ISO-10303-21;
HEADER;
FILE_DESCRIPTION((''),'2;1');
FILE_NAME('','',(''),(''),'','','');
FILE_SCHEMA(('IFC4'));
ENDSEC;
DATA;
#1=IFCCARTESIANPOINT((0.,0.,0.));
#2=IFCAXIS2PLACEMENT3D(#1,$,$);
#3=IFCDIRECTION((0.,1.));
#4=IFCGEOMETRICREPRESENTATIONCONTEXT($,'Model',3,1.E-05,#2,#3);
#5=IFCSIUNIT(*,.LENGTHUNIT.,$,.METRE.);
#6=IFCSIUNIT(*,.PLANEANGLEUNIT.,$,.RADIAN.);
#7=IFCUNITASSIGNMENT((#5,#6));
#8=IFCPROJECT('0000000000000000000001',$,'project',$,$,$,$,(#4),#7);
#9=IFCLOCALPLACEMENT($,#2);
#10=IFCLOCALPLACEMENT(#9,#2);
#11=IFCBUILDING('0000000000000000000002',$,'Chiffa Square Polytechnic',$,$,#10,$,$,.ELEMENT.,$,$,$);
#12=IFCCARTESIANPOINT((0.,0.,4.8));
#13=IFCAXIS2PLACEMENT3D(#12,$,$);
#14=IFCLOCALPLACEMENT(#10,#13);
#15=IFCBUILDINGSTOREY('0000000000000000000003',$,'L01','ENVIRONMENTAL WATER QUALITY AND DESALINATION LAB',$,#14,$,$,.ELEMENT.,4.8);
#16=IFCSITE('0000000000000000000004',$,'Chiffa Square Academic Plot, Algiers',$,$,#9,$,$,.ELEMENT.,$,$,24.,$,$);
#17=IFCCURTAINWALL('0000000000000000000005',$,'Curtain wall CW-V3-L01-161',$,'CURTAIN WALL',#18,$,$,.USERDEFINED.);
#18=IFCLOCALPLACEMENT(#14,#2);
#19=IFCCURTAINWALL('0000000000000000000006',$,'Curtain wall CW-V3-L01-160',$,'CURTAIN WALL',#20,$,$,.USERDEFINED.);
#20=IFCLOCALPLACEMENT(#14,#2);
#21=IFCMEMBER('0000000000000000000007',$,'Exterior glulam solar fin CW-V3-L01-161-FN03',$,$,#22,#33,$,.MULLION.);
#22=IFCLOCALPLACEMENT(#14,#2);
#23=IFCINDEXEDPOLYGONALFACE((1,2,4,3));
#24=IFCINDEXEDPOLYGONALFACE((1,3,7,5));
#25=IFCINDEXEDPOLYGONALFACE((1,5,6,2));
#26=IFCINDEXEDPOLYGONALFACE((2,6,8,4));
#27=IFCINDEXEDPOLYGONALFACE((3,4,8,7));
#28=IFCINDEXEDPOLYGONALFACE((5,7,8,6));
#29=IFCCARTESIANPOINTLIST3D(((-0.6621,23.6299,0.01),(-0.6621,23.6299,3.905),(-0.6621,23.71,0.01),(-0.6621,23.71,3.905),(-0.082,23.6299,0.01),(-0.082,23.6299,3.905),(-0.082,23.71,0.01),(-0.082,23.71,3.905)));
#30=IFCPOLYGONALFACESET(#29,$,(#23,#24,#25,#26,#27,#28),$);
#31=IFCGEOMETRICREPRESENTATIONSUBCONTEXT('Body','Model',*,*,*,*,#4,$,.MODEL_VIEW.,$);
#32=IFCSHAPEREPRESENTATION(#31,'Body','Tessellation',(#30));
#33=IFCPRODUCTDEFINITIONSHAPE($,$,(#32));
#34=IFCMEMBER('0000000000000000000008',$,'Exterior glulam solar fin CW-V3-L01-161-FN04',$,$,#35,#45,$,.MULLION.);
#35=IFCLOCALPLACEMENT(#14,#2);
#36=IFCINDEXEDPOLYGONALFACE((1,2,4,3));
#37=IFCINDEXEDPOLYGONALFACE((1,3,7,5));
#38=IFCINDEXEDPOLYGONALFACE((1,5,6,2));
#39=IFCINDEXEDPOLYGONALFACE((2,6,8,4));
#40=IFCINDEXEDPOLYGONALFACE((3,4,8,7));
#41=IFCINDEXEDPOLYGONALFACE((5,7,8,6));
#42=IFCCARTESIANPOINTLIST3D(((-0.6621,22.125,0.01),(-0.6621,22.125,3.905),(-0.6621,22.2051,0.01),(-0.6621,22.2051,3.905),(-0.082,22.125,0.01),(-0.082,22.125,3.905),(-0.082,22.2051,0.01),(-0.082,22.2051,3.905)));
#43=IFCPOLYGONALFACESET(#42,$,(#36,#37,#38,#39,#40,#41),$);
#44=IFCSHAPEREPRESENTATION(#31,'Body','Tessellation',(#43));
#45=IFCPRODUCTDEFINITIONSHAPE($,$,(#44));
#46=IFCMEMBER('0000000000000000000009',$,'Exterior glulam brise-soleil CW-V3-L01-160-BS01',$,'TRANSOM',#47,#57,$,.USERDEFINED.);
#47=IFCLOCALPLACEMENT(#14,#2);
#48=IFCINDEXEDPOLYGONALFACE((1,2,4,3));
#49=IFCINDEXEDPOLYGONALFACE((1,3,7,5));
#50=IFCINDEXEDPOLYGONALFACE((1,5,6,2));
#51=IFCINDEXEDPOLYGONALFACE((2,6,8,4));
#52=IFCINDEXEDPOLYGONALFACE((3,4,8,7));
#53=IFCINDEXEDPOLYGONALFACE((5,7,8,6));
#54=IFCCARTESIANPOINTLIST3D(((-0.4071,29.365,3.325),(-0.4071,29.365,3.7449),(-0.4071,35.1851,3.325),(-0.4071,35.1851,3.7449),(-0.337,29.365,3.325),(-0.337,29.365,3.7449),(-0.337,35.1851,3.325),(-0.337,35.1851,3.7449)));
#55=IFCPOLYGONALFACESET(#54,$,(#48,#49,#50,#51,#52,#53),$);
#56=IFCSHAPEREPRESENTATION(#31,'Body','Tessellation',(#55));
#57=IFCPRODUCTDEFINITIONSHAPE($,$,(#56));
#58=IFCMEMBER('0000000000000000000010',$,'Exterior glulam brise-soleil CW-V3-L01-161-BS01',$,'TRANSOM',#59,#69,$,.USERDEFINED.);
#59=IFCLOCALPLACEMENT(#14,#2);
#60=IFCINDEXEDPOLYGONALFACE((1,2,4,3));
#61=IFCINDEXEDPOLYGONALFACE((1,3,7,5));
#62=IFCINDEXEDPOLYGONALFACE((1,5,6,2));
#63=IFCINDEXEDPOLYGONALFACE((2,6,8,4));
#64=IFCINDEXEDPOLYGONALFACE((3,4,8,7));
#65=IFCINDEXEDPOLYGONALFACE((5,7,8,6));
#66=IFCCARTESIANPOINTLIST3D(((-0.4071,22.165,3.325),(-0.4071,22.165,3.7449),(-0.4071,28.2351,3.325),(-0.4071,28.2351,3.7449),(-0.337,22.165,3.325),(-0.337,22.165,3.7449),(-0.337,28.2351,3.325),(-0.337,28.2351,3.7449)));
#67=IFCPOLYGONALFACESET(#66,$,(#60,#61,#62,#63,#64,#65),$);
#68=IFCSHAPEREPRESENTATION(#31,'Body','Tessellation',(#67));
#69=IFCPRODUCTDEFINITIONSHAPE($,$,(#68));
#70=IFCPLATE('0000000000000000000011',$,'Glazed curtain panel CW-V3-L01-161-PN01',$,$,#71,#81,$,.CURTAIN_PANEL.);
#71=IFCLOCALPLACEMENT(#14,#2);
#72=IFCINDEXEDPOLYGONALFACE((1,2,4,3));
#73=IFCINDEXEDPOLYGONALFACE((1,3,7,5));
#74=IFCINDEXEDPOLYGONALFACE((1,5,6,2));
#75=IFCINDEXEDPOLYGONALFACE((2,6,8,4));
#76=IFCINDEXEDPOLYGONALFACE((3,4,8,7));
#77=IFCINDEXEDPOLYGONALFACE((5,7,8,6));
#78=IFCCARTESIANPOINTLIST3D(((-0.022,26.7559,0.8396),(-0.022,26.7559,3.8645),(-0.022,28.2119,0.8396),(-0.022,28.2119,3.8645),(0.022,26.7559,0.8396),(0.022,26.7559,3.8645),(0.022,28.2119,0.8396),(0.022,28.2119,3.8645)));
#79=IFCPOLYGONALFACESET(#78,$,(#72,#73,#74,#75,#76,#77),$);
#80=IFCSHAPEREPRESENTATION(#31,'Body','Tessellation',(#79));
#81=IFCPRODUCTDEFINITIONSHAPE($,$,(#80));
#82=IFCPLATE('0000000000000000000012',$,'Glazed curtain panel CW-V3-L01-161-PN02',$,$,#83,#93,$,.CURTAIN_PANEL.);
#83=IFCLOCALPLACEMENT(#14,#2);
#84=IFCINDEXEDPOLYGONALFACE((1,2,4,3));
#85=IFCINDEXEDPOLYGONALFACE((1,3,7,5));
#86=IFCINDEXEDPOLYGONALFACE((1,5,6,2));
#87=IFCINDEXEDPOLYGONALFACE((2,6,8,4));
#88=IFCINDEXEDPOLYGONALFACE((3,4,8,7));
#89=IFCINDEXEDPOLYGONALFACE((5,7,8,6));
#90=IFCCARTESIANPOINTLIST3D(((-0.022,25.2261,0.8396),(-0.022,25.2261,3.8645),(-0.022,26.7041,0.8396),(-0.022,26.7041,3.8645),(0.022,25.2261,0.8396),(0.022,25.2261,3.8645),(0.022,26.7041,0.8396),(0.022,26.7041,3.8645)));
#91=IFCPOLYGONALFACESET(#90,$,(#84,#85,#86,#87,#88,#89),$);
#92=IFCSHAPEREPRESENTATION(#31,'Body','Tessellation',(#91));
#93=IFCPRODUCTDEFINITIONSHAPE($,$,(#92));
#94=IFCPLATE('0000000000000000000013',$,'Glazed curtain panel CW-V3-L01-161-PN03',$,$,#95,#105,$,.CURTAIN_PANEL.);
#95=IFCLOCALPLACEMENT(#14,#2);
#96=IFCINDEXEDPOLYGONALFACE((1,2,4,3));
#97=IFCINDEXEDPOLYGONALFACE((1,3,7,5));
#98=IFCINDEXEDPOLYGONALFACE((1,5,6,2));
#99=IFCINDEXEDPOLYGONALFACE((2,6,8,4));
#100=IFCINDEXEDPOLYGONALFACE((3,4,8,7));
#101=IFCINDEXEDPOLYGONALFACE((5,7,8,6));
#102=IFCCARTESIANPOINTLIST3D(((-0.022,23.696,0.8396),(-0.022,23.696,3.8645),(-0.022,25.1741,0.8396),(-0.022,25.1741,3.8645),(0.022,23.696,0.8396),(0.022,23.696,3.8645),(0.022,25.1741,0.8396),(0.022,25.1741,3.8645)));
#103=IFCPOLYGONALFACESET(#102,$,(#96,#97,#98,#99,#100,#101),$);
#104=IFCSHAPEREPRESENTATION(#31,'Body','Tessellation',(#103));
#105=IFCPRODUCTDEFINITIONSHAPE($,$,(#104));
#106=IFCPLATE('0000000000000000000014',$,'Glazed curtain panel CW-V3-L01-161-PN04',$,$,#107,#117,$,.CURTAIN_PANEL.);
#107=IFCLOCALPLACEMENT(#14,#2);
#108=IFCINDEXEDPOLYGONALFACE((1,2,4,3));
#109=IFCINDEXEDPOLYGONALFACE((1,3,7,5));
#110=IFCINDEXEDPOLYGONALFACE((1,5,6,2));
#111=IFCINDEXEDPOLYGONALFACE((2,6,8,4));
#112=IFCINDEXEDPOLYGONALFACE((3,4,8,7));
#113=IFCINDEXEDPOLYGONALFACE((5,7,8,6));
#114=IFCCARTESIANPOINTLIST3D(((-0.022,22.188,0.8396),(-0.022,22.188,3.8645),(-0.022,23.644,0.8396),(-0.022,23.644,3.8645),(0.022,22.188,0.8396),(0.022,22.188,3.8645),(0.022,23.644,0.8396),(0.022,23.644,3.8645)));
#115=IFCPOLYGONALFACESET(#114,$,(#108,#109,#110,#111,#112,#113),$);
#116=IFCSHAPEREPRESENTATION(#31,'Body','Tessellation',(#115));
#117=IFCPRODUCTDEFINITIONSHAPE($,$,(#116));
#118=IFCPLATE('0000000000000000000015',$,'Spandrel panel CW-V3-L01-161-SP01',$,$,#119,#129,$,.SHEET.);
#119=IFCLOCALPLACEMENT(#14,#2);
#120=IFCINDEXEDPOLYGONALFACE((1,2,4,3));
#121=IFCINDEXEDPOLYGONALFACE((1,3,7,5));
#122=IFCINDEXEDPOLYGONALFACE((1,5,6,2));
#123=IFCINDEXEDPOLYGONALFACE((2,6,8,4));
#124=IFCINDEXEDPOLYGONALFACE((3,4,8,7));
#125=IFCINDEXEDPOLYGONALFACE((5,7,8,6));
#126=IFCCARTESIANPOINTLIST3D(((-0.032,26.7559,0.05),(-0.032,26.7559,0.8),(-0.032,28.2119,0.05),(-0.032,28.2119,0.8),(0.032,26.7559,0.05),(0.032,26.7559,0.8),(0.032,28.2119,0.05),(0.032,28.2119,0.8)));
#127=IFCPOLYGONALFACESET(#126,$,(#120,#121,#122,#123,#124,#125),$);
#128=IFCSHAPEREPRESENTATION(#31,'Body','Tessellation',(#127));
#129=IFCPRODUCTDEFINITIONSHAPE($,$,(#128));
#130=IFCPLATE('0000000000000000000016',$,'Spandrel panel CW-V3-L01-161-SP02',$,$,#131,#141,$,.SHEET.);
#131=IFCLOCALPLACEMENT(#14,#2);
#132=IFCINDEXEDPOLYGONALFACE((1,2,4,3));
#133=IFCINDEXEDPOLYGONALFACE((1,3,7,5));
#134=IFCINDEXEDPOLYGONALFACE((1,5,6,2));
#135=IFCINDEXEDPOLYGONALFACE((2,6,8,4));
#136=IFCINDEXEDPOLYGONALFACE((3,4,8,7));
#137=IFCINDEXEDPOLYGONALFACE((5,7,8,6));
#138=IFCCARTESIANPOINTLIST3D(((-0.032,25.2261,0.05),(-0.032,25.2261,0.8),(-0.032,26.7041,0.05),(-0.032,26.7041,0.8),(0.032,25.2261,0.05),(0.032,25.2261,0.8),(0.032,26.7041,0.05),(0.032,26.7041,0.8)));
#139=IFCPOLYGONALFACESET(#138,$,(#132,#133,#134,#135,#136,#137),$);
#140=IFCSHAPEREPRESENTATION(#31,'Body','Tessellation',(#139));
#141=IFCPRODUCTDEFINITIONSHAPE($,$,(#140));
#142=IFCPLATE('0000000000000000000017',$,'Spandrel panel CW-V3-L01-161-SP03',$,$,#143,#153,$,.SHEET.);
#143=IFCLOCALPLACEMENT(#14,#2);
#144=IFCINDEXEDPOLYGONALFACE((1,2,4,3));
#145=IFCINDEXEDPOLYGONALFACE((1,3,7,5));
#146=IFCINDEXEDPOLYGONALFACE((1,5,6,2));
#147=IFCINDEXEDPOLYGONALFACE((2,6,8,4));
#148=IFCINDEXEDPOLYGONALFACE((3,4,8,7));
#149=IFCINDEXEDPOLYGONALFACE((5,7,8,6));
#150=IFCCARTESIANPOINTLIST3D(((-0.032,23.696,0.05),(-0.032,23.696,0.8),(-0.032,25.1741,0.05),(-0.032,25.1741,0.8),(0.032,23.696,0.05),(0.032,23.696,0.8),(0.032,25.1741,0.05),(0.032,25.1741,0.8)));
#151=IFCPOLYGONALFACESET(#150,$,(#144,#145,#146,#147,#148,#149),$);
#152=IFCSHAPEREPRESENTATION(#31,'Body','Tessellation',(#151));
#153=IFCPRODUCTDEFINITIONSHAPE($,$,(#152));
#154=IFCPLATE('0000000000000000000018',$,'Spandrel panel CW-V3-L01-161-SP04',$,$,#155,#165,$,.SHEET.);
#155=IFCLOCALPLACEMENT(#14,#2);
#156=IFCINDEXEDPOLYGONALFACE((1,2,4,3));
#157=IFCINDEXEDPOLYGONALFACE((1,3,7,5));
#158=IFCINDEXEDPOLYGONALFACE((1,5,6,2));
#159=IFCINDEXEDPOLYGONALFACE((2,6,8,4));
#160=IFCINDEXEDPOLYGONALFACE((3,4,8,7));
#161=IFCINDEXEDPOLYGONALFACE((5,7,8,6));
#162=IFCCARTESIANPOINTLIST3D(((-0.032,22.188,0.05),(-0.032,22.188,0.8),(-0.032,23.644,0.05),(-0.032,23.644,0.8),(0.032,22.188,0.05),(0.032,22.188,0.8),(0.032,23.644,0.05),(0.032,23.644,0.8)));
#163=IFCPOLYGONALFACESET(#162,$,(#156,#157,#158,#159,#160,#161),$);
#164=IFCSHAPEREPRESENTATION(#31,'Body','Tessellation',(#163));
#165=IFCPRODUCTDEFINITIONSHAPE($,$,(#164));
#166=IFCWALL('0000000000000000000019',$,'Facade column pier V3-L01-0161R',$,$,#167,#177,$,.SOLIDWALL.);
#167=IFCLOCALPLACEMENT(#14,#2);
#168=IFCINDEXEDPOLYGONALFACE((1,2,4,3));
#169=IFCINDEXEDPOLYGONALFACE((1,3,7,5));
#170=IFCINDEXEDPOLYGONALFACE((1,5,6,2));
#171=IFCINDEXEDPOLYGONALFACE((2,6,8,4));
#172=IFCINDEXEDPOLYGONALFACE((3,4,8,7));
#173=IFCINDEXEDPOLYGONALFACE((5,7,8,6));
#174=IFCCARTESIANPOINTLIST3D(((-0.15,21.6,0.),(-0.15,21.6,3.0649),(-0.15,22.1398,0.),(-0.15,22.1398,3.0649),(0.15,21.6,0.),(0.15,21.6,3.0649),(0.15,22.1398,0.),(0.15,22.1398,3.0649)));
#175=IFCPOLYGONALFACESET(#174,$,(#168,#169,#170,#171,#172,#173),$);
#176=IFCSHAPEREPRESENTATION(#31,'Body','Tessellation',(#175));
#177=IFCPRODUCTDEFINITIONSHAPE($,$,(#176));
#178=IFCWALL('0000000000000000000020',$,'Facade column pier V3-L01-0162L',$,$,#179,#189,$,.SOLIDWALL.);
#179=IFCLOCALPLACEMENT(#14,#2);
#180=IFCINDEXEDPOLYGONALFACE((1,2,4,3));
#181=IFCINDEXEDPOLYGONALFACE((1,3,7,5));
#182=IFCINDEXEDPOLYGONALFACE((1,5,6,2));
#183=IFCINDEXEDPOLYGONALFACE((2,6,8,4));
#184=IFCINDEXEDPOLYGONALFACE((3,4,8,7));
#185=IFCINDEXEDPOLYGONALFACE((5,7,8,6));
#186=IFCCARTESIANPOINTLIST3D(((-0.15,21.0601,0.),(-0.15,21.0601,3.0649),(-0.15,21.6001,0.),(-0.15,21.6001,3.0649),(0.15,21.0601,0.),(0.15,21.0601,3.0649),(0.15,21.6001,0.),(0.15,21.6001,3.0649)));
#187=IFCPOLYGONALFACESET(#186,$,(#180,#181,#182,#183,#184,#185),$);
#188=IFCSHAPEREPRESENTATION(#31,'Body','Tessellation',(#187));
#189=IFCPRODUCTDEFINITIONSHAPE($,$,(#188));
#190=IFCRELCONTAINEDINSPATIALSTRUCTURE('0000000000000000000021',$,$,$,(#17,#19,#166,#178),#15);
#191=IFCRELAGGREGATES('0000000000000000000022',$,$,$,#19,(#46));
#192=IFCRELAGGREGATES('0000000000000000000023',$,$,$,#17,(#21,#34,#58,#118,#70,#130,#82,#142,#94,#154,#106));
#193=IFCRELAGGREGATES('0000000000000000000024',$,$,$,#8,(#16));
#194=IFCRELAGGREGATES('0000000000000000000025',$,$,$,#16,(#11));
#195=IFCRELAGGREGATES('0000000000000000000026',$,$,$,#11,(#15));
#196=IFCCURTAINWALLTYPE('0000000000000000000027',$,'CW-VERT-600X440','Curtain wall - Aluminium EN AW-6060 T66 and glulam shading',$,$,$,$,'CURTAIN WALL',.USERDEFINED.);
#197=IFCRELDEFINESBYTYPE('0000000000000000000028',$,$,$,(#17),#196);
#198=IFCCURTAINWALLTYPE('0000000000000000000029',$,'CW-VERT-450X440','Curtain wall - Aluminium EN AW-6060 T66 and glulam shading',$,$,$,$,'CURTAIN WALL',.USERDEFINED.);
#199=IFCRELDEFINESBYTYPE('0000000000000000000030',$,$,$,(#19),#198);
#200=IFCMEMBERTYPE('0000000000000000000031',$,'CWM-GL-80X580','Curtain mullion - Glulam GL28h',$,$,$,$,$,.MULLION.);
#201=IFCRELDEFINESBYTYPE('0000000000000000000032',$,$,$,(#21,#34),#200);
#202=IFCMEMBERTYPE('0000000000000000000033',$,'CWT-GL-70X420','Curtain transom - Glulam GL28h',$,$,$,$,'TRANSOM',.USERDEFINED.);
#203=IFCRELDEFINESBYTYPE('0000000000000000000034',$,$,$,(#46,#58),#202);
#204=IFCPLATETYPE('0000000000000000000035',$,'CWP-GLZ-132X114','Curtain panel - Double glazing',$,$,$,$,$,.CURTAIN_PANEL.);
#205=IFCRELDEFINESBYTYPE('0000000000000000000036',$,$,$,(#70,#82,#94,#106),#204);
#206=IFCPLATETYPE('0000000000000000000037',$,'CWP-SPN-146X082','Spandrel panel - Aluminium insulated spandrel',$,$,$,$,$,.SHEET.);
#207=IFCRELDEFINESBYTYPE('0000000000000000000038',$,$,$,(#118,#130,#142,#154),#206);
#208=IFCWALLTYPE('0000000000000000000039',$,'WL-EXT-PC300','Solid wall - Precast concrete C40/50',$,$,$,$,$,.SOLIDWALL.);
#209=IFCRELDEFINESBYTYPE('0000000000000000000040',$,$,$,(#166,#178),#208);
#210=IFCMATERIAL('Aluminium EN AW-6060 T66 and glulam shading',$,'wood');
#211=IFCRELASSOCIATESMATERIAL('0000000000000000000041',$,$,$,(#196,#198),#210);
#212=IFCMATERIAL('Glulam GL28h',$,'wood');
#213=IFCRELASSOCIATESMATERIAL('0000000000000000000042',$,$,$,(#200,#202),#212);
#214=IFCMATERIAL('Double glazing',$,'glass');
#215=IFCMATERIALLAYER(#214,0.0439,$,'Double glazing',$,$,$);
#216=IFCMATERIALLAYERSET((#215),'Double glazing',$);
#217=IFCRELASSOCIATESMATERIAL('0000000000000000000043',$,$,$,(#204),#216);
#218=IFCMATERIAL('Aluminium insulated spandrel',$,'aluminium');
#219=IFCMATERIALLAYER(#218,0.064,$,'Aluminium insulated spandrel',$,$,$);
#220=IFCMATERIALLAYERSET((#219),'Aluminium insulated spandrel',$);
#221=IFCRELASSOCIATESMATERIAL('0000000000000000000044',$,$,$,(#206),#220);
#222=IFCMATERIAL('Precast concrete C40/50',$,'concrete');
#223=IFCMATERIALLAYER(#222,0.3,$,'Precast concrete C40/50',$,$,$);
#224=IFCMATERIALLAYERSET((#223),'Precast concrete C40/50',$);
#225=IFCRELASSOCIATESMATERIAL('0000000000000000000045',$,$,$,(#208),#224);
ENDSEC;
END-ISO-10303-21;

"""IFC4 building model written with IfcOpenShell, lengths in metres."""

from ifc_helpers import new_model, si_unit, direction, frame, frame_2d, origin, origin_2d, place, context, subcontext, project, spatial, rectangle, extrude, material, layer, layer_set, material_profile, profile_set, type_object, element, aggregate, save


model = new_model("IFC4")

# Units and contexts
model_context = context("Model", 3, precision=1e-05, world=origin(), true_north=direction((0.0, 1.0)))
body_context = subcontext(model_context, "Body", "Model", "MODEL_VIEW")
ifc_project = project(units=[si_unit("LENGTHUNIT", "METRE"), si_unit("PLANEANGLEUNIT", "RADIAN")], contexts=[model_context])

# Site, building, storey
site_placement = place(None, origin())
site = spatial("IfcSite", under=ifc_project, at=site_placement, Name="Chiffa Square Academic Plot, Algiers", CompositionType="ELEMENT", RefElevation=24.0)
building_placement = place(site_placement, origin())
building = spatial("IfcBuilding", under=site, at=building_placement, Name="Chiffa Square Polytechnic", CompositionType="ELEMENT")
storey_placement = place(building_placement, frame((0.0, 0.0, 4.8)))
storey = spatial("IfcBuildingStorey", under=building, at=storey_placement, Name="L01", Description="ENVIRONMENTAL WATER QUALITY AND DESALINATION LAB", CompositionType="ELEMENT", Elevation=4.8)

# Curtain walls
ifc_material_1 = material(Name="Aluminium EN AW-6060 T66 and glulam shading", Category="wood")
curtain_wall_type_1 = type_object("IfcCurtainWallType", Name="CW-VERT-600X440", Description="Curtain wall - Aluminium EN AW-6060 T66 and glulam shading", ElementType="CURTAIN WALL", PredefinedType="USERDEFINED", material=ifc_material_1)
curtain_wall_1_placement = place(storey_placement, origin())
curtain_wall_1 = element("IfcCurtainWall", 1, at=curtain_wall_1_placement, inside=storey, type_object=curtain_wall_type_1, Name="Curtain wall CW-V3-L01-161", ObjectType="CURTAIN WALL", PredefinedType="USERDEFINED")
curtain_wall_type_2 = type_object("IfcCurtainWallType", Name="CW-VERT-450X440", Description="Curtain wall - Aluminium EN AW-6060 T66 and glulam shading", ElementType="CURTAIN WALL", PredefinedType="USERDEFINED", material=ifc_material_1)
curtain_wall_2_placement = place(storey_placement, origin())
curtain_wall_2 = element("IfcCurtainWall", 2, at=curtain_wall_2_placement, inside=storey, type_object=curtain_wall_type_2, Name="Curtain wall CW-V3-L01-160", ObjectType="CURTAIN WALL", PredefinedType="USERDEFINED")
ifc_material_2 = material(Name="Glulam GL28h", Category="wood")
ifc_material_profile_1 = material_profile(ifc_material_2, rectangle(XDim=0.0801, YDim=0.5801, at=origin_2d()), Name="GL28h 80x580")
ifc_profile_set_1 = profile_set([ifc_material_profile_1], Name="Glulam GL28h")
member_type_1 = type_object("IfcMemberType", Name="CWM-GL-80X580", Description="Curtain mullion - Glulam GL28h", PredefinedType="MULLION", material=ifc_profile_set_1)

# Members
member_1_placement = place(storey_placement, frame((-0.3721, 23.6699, 0.01), z_axis=(0.0, 0.0, 1.0), x_axis=(0.0, -1.0, 0.0)))
member_1 = element("IfcMember", 3, at=member_1_placement, type_object=member_type_1, Name="Exterior glulam solar fin CW-V3-L01-161-FN03", PredefinedType="MULLION", context=body_context, shape_type="SweptSolid", body=[
    extrude(rectangle(XDim=0.0801, YDim=0.5801, at=origin_2d()), origin(), (0.0, 0.0, 1.0), 3.895),
])
member_2_placement = place(storey_placement, frame((-0.3721, 22.165, 0.01), z_axis=(0.0, 0.0, 1.0), x_axis=(0.0, -1.0, 0.0)))
member_2 = element("IfcMember", 4, at=member_2_placement, type_object=member_type_1, Name="Exterior glulam solar fin CW-V3-L01-161-FN04", PredefinedType="MULLION", context=body_context, shape_type="SweptSolid", body=[
    extrude(rectangle(XDim=0.0801, YDim=0.5801, at=origin_2d()), origin(), (0.0, 0.0, 1.0), 3.895),
])
ifc_material_profile_2 = material_profile(ifc_material_2, rectangle(XDim=0.0701, YDim=0.4199, at=origin_2d()), Name="GL28h 70x420")
ifc_profile_set_2 = profile_set([ifc_material_profile_2], Name="Glulam GL28h")
member_type_2 = type_object("IfcMemberType", Name="CWT-GL-70X420", Description="Curtain transom - Glulam GL28h", ElementType="TRANSOM", PredefinedType="USERDEFINED", material=ifc_profile_set_2)
member_3_placement = place(storey_placement, frame((-0.3721, 35.1851, 3.5349), z_axis=(0.0, -1.0, 0.0), x_axis=(1.0, 0.0, 0.0)))
member_3 = element("IfcMember", 5, at=member_3_placement, type_object=member_type_2, Name="Exterior glulam brise-soleil CW-V3-L01-160-BS01", ObjectType="TRANSOM", PredefinedType="USERDEFINED", context=body_context, shape_type="SweptSolid", body=[
    extrude(rectangle(XDim=0.0701, YDim=0.4199, at=origin_2d()), origin(), (0.0, 0.0, 1.0), 5.8201),
])
aggregate(curtain_wall_2, [member_3])
member_4_placement = place(storey_placement, frame((-0.3721, 28.2351, 3.5349), z_axis=(0.0, -1.0, 0.0), x_axis=(1.0, 0.0, 0.0)))
member_4 = element("IfcMember", 6, at=member_4_placement, type_object=member_type_2, Name="Exterior glulam brise-soleil CW-V3-L01-161-BS01", ObjectType="TRANSOM", PredefinedType="USERDEFINED", context=body_context, shape_type="SweptSolid", body=[
    extrude(rectangle(XDim=0.0701, YDim=0.4199, at=origin_2d()), origin(), (0.0, 0.0, 1.0), 6.0701),
])

# Plates
ifc_material_3 = material(Name="Double glazing", Category="glass")
ifc_layer_1 = layer(ifc_material_3, 0.0439, Name="Double glazing")
ifc_layer_set_1 = layer_set([ifc_layer_1], Name="Double glazing")
plate_type_1 = type_object("IfcPlateType", Name="CWP-GLZ-132X114", Description="Curtain panel - Double glazing", PredefinedType="CURTAIN_PANEL", material=ifc_layer_set_1)
plate_1_placement = place(storey_placement, frame((0.0, 27.4839, 0.8396), z_axis=(0.0, 0.0, 1.0), x_axis=(0.0, -1.0, 0.0)))
plate_1 = element("IfcPlate", 7, at=plate_1_placement, type_object=plate_type_1, Name="Glazed curtain panel CW-V3-L01-161-PN01", PredefinedType="CURTAIN_PANEL", context=body_context, shape_type="SweptSolid", body=[
    extrude(rectangle(XDim=1.4561, YDim=0.0439, at=origin_2d()), origin(), (0.0, 0.0, 1.0), 3.0249),
])
plate_2_placement = place(storey_placement, frame((0.0, 25.9651, 0.8396), z_axis=(0.0, 0.0, 1.0), x_axis=(0.0, -1.0, 0.0)))
plate_2 = element("IfcPlate", 8, at=plate_2_placement, type_object=plate_type_1, Name="Glazed curtain panel CW-V3-L01-161-PN02", PredefinedType="CURTAIN_PANEL", context=body_context, shape_type="SweptSolid", body=[
    extrude(rectangle(XDim=1.478, YDim=0.0439, at=origin_2d()), origin(), (0.0, 0.0, 1.0), 3.0249),
])
plate_3_placement = place(storey_placement, frame((0.0, 24.4351, 0.8396), z_axis=(0.0, 0.0, 1.0), x_axis=(0.0, -1.0, 0.0)))
plate_3 = element("IfcPlate", 9, at=plate_3_placement, type_object=plate_type_1, Name="Glazed curtain panel CW-V3-L01-161-PN03", PredefinedType="CURTAIN_PANEL", context=body_context, shape_type="SweptSolid", body=[
    extrude(rectangle(XDim=1.478, YDim=0.0439, at=origin_2d()), origin(), (0.0, 0.0, 1.0), 3.0249),
])
plate_4_placement = place(storey_placement, frame((0.0, 22.916, 0.8396), z_axis=(0.0, 0.0, 1.0), x_axis=(0.0, -1.0, 0.0)))
plate_4 = element("IfcPlate", 10, at=plate_4_placement, type_object=plate_type_1, Name="Glazed curtain panel CW-V3-L01-161-PN04", PredefinedType="CURTAIN_PANEL", context=body_context, shape_type="SweptSolid", body=[
    extrude(rectangle(XDim=1.4561, YDim=0.0439, at=origin_2d()), origin(), (0.0, 0.0, 1.0), 3.0249),
])
ifc_material_4 = material(Name="Aluminium insulated spandrel", Category="aluminium")
ifc_layer_2 = layer(ifc_material_4, 0.064, Name="Aluminium insulated spandrel")
ifc_layer_set_2 = layer_set([ifc_layer_2], Name="Aluminium insulated spandrel")
plate_type_2 = type_object("IfcPlateType", Name="CWP-SPN-146X082", Description="Spandrel panel - Aluminium insulated spandrel", PredefinedType="SHEET", material=ifc_layer_set_2)
plate_5_placement = place(storey_placement, frame((0.0, 27.4839, 0.05), z_axis=(0.0, 0.0, 1.0), x_axis=(0.0, -1.0, 0.0)))
plate_5 = element("IfcPlate", 11, at=plate_5_placement, type_object=plate_type_2, Name="Spandrel panel CW-V3-L01-161-SP01", PredefinedType="SHEET", context=body_context, shape_type="SweptSolid", body=[
    extrude(rectangle(XDim=1.4561, YDim=0.064, at=origin_2d()), origin(), (0.0, 0.0, 1.0), 0.75),
])
plate_6_placement = place(storey_placement, frame((0.0, 25.9651, 0.05), z_axis=(0.0, 0.0, 1.0), x_axis=(0.0, -1.0, 0.0)))
plate_6 = element("IfcPlate", 12, at=plate_6_placement, type_object=plate_type_2, Name="Spandrel panel CW-V3-L01-161-SP02", PredefinedType="SHEET", context=body_context, shape_type="SweptSolid", body=[
    extrude(rectangle(XDim=1.478, YDim=0.064, at=origin_2d()), origin(), (0.0, 0.0, 1.0), 0.75),
])
plate_7_placement = place(storey_placement, frame((0.0, 24.4351, 0.05), z_axis=(0.0, 0.0, 1.0), x_axis=(0.0, -1.0, 0.0)))
plate_7 = element("IfcPlate", 13, at=plate_7_placement, type_object=plate_type_2, Name="Spandrel panel CW-V3-L01-161-SP03", PredefinedType="SHEET", context=body_context, shape_type="SweptSolid", body=[
    extrude(rectangle(XDim=1.478, YDim=0.064, at=origin_2d()), origin(), (0.0, 0.0, 1.0), 0.75),
])
plate_8_placement = place(storey_placement, frame((0.0, 22.916, 0.05), z_axis=(0.0, 0.0, 1.0), x_axis=(0.0, -1.0, 0.0)))
plate_8 = element("IfcPlate", 14, at=plate_8_placement, type_object=plate_type_2, Name="Spandrel panel CW-V3-L01-161-SP04", PredefinedType="SHEET", context=body_context, shape_type="SweptSolid", body=[
    extrude(rectangle(XDim=1.4561, YDim=0.064, at=origin_2d()), origin(), (0.0, 0.0, 1.0), 0.75),
])
aggregate(curtain_wall_1, [member_1, member_2, member_4, plate_5, plate_1, plate_6, plate_2, plate_7, plate_3, plate_8, plate_4])

# Walls
ifc_material_5 = material(Name="Precast concrete C40/50", Category="concrete")
ifc_layer_3 = layer(ifc_material_5, 0.3, Name="Precast concrete C40/50")
ifc_layer_set_3 = layer_set([ifc_layer_3], Name="Precast concrete C40/50")
wall_type = type_object("IfcWallType", Name="WL-EXT-PC300", Description="Solid wall - Precast concrete C40/50", PredefinedType="SOLIDWALL", material=ifc_layer_set_3)
wall_1_placement = place(storey_placement, frame((0.0, 22.1399, 0.0), z_axis=(0.0, 0.0, 1.0), x_axis=(0.0, -1.0, 0.0)))
element("IfcWall", 15, at=wall_1_placement, inside=storey, type_object=wall_type, Name="Facade column pier V3-L01-0161R", PredefinedType="SOLIDWALL", context=body_context, shape_type="SweptSolid", body=[
    extrude(rectangle(XDim=0.5398, YDim=0.3, at=frame_2d((0.27, 0.0))), origin(), (0.0, 0.0, 1.0), 3.0649),
])
wall_2_placement = place(storey_placement, frame((0.0, 21.6001, 0.0), z_axis=(0.0, 0.0, 1.0), x_axis=(0.0, -1.0, 0.0)))
element("IfcWall", 16, at=wall_2_placement, inside=storey, type_object=wall_type, Name="Facade column pier V3-L01-0162L", PredefinedType="SOLIDWALL", context=body_context, shape_type="SweptSolid", body=[
    extrude(rectangle(XDim=0.54, YDim=0.3, at=frame_2d((0.27, 0.0))), origin(), (0.0, 0.0, 1.0), 3.0649),
])

save(model, "model.ifc")
